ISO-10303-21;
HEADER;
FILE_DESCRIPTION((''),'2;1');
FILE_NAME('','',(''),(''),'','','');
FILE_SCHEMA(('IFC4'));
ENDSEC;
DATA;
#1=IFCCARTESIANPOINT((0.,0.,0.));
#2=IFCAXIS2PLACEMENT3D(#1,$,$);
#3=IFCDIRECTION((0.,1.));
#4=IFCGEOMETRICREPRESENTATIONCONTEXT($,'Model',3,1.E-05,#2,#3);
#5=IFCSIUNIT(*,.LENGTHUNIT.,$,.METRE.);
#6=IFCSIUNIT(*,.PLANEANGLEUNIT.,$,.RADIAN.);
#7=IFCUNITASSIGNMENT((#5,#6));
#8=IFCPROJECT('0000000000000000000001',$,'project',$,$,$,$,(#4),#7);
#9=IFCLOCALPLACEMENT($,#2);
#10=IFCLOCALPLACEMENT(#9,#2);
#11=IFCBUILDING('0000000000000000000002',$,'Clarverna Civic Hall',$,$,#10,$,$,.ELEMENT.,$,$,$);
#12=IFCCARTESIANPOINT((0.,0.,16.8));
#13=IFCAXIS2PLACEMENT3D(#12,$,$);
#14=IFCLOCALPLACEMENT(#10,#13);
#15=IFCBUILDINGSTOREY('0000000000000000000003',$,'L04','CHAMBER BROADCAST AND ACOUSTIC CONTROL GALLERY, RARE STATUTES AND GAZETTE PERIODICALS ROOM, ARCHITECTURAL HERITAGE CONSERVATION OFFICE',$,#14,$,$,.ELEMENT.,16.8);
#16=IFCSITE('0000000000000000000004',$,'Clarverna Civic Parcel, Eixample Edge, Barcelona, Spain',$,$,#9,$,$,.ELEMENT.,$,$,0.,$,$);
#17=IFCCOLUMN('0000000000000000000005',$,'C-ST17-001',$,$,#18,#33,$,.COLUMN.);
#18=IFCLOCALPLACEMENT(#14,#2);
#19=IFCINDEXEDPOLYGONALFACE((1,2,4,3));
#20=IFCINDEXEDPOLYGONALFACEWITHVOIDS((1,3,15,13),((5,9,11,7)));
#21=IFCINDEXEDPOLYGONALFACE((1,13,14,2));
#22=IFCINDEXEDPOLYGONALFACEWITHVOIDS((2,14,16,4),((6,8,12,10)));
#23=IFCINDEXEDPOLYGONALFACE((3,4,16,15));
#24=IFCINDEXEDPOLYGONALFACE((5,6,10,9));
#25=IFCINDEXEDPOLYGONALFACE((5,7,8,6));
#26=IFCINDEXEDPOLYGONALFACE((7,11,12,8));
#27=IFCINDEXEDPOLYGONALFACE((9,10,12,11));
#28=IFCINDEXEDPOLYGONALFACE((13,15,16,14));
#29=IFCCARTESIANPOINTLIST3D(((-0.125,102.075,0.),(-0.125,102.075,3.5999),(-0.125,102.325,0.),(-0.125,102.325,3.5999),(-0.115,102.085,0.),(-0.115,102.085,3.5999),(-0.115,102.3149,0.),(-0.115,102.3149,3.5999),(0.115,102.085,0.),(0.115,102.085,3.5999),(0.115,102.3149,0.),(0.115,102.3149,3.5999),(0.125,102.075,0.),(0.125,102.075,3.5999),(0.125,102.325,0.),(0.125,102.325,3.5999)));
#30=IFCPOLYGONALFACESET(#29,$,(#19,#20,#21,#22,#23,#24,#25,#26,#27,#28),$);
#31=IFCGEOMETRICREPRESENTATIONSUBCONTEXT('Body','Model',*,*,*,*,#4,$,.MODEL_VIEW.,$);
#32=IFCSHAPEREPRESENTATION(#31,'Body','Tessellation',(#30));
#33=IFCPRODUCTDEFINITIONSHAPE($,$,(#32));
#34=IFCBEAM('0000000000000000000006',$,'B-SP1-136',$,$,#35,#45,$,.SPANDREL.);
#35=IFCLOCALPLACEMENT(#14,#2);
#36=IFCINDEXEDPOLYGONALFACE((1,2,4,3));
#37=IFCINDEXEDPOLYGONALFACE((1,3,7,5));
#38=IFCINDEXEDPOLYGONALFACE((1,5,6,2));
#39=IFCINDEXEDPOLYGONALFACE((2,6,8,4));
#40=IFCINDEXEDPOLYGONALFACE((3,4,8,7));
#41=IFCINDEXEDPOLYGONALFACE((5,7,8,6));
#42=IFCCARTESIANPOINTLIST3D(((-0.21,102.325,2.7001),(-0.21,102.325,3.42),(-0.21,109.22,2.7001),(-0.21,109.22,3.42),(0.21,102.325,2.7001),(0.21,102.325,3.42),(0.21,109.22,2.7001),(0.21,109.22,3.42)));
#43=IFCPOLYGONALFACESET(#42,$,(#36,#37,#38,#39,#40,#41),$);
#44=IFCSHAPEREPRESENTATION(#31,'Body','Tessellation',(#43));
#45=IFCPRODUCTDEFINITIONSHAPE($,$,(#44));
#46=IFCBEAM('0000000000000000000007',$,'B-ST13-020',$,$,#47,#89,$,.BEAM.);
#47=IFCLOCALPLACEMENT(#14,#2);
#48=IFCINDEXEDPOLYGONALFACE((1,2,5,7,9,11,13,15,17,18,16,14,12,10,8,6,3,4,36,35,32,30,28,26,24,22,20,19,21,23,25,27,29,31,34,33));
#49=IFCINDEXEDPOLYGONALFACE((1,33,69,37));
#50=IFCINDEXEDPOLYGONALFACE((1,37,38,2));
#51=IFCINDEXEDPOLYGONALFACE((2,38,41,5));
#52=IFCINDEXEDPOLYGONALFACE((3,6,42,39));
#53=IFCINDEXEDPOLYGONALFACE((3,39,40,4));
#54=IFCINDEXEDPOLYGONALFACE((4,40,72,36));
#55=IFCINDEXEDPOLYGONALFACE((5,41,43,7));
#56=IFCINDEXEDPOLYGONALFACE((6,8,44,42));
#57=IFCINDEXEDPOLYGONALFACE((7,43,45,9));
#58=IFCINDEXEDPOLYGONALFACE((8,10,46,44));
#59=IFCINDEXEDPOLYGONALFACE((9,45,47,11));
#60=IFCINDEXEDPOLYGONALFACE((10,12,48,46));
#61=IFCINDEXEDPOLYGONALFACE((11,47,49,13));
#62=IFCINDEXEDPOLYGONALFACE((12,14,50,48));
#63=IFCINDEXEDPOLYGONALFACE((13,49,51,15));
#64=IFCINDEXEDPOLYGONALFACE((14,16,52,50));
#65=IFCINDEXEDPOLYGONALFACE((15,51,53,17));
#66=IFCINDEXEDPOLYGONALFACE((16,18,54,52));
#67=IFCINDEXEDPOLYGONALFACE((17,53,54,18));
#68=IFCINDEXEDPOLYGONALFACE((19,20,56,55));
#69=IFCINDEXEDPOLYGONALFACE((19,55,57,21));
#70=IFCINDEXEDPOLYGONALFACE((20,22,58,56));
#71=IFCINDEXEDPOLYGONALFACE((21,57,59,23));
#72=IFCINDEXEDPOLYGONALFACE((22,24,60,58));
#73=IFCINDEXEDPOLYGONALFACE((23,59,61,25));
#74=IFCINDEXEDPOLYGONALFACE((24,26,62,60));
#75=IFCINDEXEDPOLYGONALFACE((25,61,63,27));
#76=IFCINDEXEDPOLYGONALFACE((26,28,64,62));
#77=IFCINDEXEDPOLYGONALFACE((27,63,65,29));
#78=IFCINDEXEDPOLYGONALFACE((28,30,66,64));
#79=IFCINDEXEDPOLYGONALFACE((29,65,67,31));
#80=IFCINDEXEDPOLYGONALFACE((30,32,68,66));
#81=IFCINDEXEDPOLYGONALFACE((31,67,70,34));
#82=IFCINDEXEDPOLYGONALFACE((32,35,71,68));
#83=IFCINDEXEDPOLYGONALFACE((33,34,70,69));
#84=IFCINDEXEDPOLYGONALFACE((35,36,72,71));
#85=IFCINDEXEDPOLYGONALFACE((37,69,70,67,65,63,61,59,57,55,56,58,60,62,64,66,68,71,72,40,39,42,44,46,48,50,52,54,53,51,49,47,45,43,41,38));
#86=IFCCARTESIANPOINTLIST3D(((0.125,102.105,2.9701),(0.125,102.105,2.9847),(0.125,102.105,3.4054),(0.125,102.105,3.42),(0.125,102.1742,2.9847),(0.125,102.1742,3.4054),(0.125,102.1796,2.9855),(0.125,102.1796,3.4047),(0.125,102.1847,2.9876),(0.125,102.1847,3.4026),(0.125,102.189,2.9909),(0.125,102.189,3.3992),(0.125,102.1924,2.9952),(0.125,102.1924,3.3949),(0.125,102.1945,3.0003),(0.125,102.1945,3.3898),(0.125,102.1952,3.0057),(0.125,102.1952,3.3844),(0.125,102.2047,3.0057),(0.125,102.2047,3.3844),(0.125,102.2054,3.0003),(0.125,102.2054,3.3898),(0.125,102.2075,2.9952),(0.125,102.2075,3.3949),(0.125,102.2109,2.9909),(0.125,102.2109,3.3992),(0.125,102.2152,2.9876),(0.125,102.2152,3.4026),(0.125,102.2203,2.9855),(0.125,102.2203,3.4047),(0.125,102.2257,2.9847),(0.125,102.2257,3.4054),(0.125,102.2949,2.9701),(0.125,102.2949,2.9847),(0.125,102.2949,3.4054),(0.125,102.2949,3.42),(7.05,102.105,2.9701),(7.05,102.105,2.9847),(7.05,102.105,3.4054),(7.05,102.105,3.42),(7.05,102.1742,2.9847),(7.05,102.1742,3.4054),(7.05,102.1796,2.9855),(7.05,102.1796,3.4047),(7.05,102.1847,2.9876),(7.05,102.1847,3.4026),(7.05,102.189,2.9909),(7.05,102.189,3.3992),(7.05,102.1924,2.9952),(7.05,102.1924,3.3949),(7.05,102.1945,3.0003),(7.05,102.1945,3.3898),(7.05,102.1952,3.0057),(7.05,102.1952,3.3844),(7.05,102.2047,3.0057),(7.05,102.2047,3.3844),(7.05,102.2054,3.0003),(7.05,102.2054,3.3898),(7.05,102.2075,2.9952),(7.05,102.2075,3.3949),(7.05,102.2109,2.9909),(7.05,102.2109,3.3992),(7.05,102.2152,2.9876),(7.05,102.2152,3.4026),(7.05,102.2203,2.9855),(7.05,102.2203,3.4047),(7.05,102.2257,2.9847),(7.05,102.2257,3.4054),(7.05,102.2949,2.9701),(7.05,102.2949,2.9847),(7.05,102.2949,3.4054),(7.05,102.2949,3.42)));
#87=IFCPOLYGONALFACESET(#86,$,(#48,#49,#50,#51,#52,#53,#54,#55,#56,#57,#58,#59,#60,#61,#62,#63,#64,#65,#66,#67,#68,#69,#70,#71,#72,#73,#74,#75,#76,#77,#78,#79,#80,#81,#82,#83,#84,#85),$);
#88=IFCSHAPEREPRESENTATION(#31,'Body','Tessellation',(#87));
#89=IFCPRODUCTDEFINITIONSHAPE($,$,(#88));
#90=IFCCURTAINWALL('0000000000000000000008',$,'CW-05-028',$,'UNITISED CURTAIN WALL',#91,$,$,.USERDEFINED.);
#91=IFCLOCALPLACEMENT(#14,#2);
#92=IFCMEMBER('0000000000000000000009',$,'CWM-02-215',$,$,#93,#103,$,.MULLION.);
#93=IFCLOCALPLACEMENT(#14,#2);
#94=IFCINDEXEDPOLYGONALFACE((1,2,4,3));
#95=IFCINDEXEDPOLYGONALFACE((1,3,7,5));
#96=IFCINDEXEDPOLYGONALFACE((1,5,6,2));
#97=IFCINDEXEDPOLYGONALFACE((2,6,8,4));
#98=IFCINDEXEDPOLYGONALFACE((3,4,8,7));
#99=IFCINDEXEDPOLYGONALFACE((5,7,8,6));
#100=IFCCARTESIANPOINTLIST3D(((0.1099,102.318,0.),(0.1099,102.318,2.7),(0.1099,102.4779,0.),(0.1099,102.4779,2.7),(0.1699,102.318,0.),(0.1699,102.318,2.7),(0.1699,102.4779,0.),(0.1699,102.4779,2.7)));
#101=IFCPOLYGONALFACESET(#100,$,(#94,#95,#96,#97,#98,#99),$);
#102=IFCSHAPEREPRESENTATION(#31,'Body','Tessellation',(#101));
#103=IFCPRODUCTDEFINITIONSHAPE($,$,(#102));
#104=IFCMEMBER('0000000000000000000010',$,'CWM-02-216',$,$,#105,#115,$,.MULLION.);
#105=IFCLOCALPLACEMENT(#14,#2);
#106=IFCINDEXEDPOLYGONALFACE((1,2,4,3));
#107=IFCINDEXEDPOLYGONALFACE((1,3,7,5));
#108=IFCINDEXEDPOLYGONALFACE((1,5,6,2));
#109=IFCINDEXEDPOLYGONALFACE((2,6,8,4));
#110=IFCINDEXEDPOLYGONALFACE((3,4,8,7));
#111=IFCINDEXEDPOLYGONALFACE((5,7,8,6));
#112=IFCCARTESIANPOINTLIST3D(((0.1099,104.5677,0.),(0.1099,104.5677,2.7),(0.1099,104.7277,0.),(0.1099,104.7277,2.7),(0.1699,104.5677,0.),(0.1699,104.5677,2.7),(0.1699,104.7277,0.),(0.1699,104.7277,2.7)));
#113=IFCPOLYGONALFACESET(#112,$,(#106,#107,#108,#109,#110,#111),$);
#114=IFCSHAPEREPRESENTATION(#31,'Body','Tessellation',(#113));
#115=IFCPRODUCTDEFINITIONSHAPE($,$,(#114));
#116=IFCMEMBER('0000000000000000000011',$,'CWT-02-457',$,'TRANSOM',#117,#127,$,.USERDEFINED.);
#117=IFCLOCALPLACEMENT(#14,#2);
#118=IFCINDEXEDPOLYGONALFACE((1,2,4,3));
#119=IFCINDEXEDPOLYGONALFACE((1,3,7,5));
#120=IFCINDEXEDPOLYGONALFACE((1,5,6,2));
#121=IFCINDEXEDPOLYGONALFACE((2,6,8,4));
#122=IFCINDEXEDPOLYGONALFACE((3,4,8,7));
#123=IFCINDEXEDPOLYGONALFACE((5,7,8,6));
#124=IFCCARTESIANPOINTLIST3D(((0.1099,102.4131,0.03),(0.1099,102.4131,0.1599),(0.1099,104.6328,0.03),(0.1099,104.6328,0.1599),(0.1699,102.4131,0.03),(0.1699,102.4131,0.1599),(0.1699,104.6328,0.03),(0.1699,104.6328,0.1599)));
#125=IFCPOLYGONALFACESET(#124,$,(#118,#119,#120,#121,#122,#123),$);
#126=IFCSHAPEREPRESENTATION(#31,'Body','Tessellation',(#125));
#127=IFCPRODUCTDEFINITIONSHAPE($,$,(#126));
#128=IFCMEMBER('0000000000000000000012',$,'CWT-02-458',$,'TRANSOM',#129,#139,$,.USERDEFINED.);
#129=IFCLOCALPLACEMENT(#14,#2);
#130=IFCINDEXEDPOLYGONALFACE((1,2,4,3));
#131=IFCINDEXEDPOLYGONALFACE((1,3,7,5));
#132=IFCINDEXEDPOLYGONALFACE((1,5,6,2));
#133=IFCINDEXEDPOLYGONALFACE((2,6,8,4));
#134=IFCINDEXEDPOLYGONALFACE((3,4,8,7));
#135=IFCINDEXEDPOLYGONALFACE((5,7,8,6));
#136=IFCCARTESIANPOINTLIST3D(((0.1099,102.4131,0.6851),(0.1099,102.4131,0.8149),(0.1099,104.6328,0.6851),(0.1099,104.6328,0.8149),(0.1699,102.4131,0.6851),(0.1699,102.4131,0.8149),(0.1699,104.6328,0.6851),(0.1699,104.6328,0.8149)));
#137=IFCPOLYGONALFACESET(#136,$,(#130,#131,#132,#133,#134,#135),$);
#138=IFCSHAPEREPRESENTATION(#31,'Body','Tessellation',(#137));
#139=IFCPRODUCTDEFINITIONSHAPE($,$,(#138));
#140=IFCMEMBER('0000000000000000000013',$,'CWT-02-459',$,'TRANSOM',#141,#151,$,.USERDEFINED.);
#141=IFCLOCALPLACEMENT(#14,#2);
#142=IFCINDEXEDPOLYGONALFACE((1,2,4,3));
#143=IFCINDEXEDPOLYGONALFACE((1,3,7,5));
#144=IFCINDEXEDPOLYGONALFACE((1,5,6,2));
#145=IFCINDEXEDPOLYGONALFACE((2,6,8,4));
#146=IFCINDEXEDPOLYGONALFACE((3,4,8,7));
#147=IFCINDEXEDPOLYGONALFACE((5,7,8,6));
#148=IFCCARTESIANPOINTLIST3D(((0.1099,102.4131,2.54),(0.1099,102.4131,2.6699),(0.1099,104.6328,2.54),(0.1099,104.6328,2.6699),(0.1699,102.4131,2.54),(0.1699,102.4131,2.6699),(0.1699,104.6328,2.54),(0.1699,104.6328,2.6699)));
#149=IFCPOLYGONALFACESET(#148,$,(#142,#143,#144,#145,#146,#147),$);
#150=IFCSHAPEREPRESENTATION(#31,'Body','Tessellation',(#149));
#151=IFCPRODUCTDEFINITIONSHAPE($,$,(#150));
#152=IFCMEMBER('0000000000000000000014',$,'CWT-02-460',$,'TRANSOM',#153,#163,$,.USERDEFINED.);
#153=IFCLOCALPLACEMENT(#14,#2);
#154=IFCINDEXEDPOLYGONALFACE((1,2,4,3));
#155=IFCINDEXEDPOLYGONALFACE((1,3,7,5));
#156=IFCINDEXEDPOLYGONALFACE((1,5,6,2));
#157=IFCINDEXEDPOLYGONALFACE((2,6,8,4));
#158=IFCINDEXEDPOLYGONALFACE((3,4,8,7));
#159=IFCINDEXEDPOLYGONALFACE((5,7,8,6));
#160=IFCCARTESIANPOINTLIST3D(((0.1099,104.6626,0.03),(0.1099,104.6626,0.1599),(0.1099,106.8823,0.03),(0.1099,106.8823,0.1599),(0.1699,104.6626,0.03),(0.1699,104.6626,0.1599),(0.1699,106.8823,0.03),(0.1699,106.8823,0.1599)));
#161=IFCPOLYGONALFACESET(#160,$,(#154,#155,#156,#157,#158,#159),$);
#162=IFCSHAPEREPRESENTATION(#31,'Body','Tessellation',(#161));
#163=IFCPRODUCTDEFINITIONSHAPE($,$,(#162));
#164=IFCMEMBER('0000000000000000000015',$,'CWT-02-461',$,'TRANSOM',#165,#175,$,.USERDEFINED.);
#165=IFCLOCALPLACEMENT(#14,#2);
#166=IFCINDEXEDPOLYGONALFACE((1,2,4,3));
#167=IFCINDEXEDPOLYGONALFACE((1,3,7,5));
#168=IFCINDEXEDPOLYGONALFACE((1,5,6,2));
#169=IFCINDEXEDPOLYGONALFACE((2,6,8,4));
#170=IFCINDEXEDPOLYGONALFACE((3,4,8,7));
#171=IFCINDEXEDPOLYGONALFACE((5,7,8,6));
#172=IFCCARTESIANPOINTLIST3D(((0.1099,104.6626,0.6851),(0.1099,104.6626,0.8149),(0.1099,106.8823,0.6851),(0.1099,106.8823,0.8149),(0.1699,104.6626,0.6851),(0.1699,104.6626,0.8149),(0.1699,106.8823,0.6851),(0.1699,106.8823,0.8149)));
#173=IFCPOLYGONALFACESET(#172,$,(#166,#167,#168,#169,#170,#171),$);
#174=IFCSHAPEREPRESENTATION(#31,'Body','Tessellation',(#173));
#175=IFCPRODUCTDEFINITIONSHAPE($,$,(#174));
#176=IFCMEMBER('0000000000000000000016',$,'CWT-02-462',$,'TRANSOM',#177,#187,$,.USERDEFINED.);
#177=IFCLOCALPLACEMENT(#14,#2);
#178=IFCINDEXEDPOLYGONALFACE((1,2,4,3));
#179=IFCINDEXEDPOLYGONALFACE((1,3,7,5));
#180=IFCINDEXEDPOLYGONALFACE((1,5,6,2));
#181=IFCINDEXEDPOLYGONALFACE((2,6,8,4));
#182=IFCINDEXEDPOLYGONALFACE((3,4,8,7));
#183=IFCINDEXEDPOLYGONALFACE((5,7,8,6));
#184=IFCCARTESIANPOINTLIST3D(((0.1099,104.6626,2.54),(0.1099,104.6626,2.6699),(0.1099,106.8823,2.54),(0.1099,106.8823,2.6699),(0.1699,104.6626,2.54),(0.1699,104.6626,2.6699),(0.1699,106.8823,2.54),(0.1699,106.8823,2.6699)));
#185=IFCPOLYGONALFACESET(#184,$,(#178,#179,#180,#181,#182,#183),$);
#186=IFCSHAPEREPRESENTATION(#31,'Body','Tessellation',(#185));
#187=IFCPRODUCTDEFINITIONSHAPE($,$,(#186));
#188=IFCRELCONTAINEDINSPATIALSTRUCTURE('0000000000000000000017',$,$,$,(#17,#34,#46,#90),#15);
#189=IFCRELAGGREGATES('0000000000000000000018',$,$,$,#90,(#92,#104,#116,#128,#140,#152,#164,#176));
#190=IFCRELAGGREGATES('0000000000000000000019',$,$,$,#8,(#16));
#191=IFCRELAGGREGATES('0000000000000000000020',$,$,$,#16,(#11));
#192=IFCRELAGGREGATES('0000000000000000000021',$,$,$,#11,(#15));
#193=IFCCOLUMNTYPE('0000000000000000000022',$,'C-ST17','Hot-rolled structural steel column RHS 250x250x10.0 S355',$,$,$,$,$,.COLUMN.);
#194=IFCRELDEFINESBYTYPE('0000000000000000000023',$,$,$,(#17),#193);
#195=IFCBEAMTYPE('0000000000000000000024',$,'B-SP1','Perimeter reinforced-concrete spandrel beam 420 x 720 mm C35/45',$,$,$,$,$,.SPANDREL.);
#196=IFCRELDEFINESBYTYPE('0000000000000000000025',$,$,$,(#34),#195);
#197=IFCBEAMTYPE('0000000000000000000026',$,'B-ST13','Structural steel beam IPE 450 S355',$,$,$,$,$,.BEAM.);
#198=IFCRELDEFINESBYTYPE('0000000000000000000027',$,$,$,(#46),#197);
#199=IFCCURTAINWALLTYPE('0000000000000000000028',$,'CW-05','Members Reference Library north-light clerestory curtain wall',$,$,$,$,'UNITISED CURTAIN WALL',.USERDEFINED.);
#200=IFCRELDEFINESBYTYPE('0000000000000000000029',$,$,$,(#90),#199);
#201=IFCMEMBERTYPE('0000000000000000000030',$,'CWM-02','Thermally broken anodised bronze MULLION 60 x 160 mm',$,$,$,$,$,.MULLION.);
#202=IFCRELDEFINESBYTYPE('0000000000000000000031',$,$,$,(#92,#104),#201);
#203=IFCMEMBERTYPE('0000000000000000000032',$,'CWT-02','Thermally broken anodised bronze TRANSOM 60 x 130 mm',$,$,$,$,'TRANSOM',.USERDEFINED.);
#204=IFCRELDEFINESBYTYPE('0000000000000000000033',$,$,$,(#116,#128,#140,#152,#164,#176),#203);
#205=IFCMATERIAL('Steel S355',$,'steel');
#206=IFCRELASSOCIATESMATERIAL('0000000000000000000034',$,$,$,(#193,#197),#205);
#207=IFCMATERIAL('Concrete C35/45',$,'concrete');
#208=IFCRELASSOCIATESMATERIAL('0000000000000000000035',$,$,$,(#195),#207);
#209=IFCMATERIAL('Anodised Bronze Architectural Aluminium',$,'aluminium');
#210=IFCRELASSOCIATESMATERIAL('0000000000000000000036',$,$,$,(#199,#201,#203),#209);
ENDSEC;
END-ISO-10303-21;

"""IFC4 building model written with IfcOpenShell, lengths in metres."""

from ifc_helpers import new_model, si_unit, direction, frame, origin, origin_2d, place, context, subcontext, project, spatial, rectangle, hollow_rectangle, i_section, extrude, material, material_profile, profile_set, type_object, element, aggregate, save


model = new_model("IFC4")

# Units and contexts
model_context = context("Model", 3, precision=1e-05, world=origin(), true_north=direction((0.0, 1.0)))
body_context = subcontext(model_context, "Body", "Model", "MODEL_VIEW")
ifc_project = project(units=[si_unit("LENGTHUNIT", "METRE"), si_unit("PLANEANGLEUNIT", "RADIAN")], contexts=[model_context])

# Site, building, storey
site_placement = place(None, origin())
site = spatial("IfcSite", under=ifc_project, at=site_placement, Name="Clarverna Civic Parcel, Eixample Edge, Barcelona, Spain", CompositionType="ELEMENT", RefElevation=0.0)
building_placement = place(site_placement, origin())
building = spatial("IfcBuilding", under=site, at=building_placement, Name="Clarverna Civic Hall", CompositionType="ELEMENT")
storey_placement = place(building_placement, frame((0.0, 0.0, 16.8)))
storey = spatial("IfcBuildingStorey", under=building, at=storey_placement, Name="L04", Description="CHAMBER BROADCAST AND ACOUSTIC CONTROL GALLERY, RARE STATUTES AND GAZETTE PERIODICALS ROOM, ARCHITECTURAL HERITAGE CONSERVATION OFFICE", CompositionType="ELEMENT", Elevation=16.8)

# Column
ifc_material_1 = material(Name="Steel S355", Category="steel")
ifc_material_profile_1 = material_profile(ifc_material_1, hollow_rectangle(XDim=0.25, YDim=0.25, WallThickness=0.01, at=origin_2d()), Name="RHS 250x250x10.0")
ifc_profile_set_1 = profile_set([ifc_material_profile_1], Name="Steel S355")
column_type = type_object("IfcColumnType", Name="C-ST17", Description="Hot-rolled structural steel column RHS 250x250x10.0 S355", PredefinedType="COLUMN", material=ifc_profile_set_1)
column_placement = place(storey_placement, frame((0.0, 102.2, 0.0), z_axis=(0.0, 0.0, 1.0), x_axis=(1.0, 0.0, 0.0)))
element("IfcColumn", 1, at=column_placement, inside=storey, type_object=column_type, Name="C-ST17-001", PredefinedType="COLUMN", context=body_context, shape_type="SweptSolid", body=[
    extrude(hollow_rectangle(XDim=0.25, YDim=0.25, WallThickness=0.01, at=origin_2d()), origin(), (0.0, 0.0, 1.0), 3.5999),
])

# Beams
ifc_material_2 = material(Name="Concrete C35/45", Category="concrete")
ifc_material_profile_2 = material_profile(ifc_material_2, rectangle(XDim=0.4199, YDim=0.72, at=origin_2d()), Name="RC 420x720")
ifc_profile_set_2 = profile_set([ifc_material_profile_2], Name="Concrete C35/45")
beam_type_1 = type_object("IfcBeamType", Name="B-SP1", Description="Perimeter reinforced-concrete spandrel beam 420 x 720 mm C35/45", PredefinedType="SPANDREL", material=ifc_profile_set_2)
beam_1_placement = place(storey_placement, frame((0.0, 102.325, 3.0601), z_axis=(0.0, 1.0, 0.0), x_axis=(-1.0, 0.0, 0.0)))
element("IfcBeam", 2, at=beam_1_placement, inside=storey, type_object=beam_type_1, Name="B-SP1-136", PredefinedType="SPANDREL", context=body_context, shape_type="SweptSolid", body=[
    extrude(rectangle(XDim=0.4199, YDim=0.72, at=origin_2d()), origin(), (0.0, 0.0, 1.0), 6.895),
])
ifc_material_profile_3 = material_profile(ifc_material_1, i_section(OverallWidth=0.1899, OverallDepth=0.45, WebThickness=0.0095, FlangeThickness=0.0146, FilletRadius=0.021, at=origin_2d()), Name="IPE 450")
ifc_profile_set_3 = profile_set([ifc_material_profile_3], Name="Steel S355")
beam_type_2 = type_object("IfcBeamType", Name="B-ST13", Description="Structural steel beam IPE 450 S355", PredefinedType="BEAM", material=ifc_profile_set_3)
beam_2_placement = place(storey_placement, frame((0.125, 102.2, 3.1951), z_axis=(1.0, 0.0, 0.0), x_axis=(0.0, 1.0, 0.0)))
element("IfcBeam", 3, at=beam_2_placement, inside=storey, type_object=beam_type_2, Name="B-ST13-020", PredefinedType="BEAM", context=body_context, shape_type="SweptSolid", body=[
    extrude(i_section(OverallWidth=0.1899, OverallDepth=0.45, WebThickness=0.0095, FlangeThickness=0.0146, FilletRadius=0.021, at=origin_2d()), origin(), (0.0, 0.0, 1.0), 6.925),
])

# Curtain wall, members
ifc_material_3 = material(Name="Anodised Bronze Architectural Aluminium", Category="aluminium")
curtain_wall_type = type_object("IfcCurtainWallType", Name="CW-05", Description="Members Reference Library north-light clerestory curtain wall", ElementType="UNITISED CURTAIN WALL", PredefinedType="USERDEFINED", material=ifc_material_3)
curtain_wall_placement = place(storey_placement, origin())
curtain_wall = element("IfcCurtainWall", 4, at=curtain_wall_placement, inside=storey, type_object=curtain_wall_type, Name="CW-05-028", ObjectType="UNITISED CURTAIN WALL", PredefinedType="USERDEFINED")
ifc_material_profile_4 = material_profile(ifc_material_3, rectangle(XDim=0.0601, YDim=0.1599, at=origin_2d()), Name="BRONZE 60x160")
ifc_profile_set_4 = profile_set([ifc_material_profile_4], Name="Anodised Bronze Architectural Aluminium")
member_type_1 = type_object("IfcMemberType", Name="CWM-02", Description="Thermally broken anodised bronze MULLION 60 x 160 mm", PredefinedType="MULLION", material=ifc_profile_set_4)
member_1_placement = place(storey_placement, frame((0.1399, 102.3979, 0.0), z_axis=(0.0, 0.0, 1.0), x_axis=(1.0, 0.0, 0.0)))
member_1 = element("IfcMember", 5, at=member_1_placement, type_object=member_type_1, Name="CWM-02-215", PredefinedType="MULLION", context=body_context, shape_type="SweptSolid", body=[
    extrude(rectangle(XDim=0.0601, YDim=0.1599, at=origin_2d()), origin(), (0.0, 0.0, 1.0), 2.7),
])
member_2_placement = place(storey_placement, frame((0.1399, 104.6477, 0.0), z_axis=(0.0, 0.0, 1.0), x_axis=(1.0, 0.0, 0.0)))
member_2 = element("IfcMember", 6, at=member_2_placement, type_object=member_type_1, Name="CWM-02-216", PredefinedType="MULLION", context=body_context, shape_type="SweptSolid", body=[
    extrude(rectangle(XDim=0.0601, YDim=0.1599, at=origin_2d()), origin(), (0.0, 0.0, 1.0), 2.7),
])
ifc_material_profile_5 = material_profile(ifc_material_3, rectangle(XDim=0.0601, YDim=0.1299, at=origin_2d()), Name="BRONZE 60x130")
ifc_profile_set_5 = profile_set([ifc_material_profile_5], Name="Anodised Bronze Architectural Aluminium")
member_type_2 = type_object("IfcMemberType", Name="CWT-02", Description="Thermally broken anodised bronze TRANSOM 60 x 130 mm", ElementType="TRANSOM", PredefinedType="USERDEFINED", material=ifc_profile_set_5)
member_3_placement = place(storey_placement, frame((0.1399, 102.4131, 0.095), z_axis=(0.0, 1.0, 0.0), x_axis=(-1.0, 0.0, 0.0)))
member_3 = element("IfcMember", 7, at=member_3_placement, type_object=member_type_2, Name="CWT-02-457", ObjectType="TRANSOM", PredefinedType="USERDEFINED", context=body_context, shape_type="SweptSolid", body=[
    extrude(rectangle(XDim=0.0601, YDim=0.1299, at=origin_2d()), origin(), (0.0, 0.0, 1.0), 2.2197),
])
member_4_placement = place(storey_placement, frame((0.1399, 102.4131, 0.75), z_axis=(0.0, 1.0, 0.0), x_axis=(-1.0, 0.0, 0.0)))
member_4 = element("IfcMember", 8, at=member_4_placement, type_object=member_type_2, Name="CWT-02-458", ObjectType="TRANSOM", PredefinedType="USERDEFINED", context=body_context, shape_type="SweptSolid", body=[
    extrude(rectangle(XDim=0.0601, YDim=0.1299, at=origin_2d()), origin(), (0.0, 0.0, 1.0), 2.2197),
])
member_5_placement = place(storey_placement, frame((0.1399, 102.4131, 2.605), z_axis=(0.0, 1.0, 0.0), x_axis=(-1.0, 0.0, 0.0)))
member_5 = element("IfcMember", 9, at=member_5_placement, type_object=member_type_2, Name="CWT-02-459", ObjectType="TRANSOM", PredefinedType="USERDEFINED", context=body_context, shape_type="SweptSolid", body=[
    extrude(rectangle(XDim=0.0601, YDim=0.1299, at=origin_2d()), origin(), (0.0, 0.0, 1.0), 2.2197),
])
member_6_placement = place(storey_placement, frame((0.1399, 104.6626, 0.095), z_axis=(0.0, 1.0, 0.0), x_axis=(-1.0, 0.0, 0.0)))
member_6 = element("IfcMember", 10, at=member_6_placement, type_object=member_type_2, Name="CWT-02-460", ObjectType="TRANSOM", PredefinedType="USERDEFINED", context=body_context, shape_type="SweptSolid", body=[
    extrude(rectangle(XDim=0.0601, YDim=0.1299, at=origin_2d()), origin(), (0.0, 0.0, 1.0), 2.2197),
])
member_7_placement = place(storey_placement, frame((0.1399, 104.6626, 0.75), z_axis=(0.0, 1.0, 0.0), x_axis=(-1.0, 0.0, 0.0)))
member_7 = element("IfcMember", 11, at=member_7_placement, type_object=member_type_2, Name="CWT-02-461", ObjectType="TRANSOM", PredefinedType="USERDEFINED", context=body_context, shape_type="SweptSolid", body=[
    extrude(rectangle(XDim=0.0601, YDim=0.1299, at=origin_2d()), origin(), (0.0, 0.0, 1.0), 2.2197),
])
member_8_placement = place(storey_placement, frame((0.1399, 104.6626, 2.605), z_axis=(0.0, 1.0, 0.0), x_axis=(-1.0, 0.0, 0.0)))
member_8 = element("IfcMember", 12, at=member_8_placement, type_object=member_type_2, Name="CWT-02-462", ObjectType="TRANSOM", PredefinedType="USERDEFINED", context=body_context, shape_type="SweptSolid", body=[
    extrude(rectangle(XDim=0.0601, YDim=0.1299, at=origin_2d()), origin(), (0.0, 0.0, 1.0), 2.2197),
])
aggregate(curtain_wall, [member_1, member_2, member_3, member_4, member_5, member_6, member_7, member_8])

save(model, "model.ifc")
